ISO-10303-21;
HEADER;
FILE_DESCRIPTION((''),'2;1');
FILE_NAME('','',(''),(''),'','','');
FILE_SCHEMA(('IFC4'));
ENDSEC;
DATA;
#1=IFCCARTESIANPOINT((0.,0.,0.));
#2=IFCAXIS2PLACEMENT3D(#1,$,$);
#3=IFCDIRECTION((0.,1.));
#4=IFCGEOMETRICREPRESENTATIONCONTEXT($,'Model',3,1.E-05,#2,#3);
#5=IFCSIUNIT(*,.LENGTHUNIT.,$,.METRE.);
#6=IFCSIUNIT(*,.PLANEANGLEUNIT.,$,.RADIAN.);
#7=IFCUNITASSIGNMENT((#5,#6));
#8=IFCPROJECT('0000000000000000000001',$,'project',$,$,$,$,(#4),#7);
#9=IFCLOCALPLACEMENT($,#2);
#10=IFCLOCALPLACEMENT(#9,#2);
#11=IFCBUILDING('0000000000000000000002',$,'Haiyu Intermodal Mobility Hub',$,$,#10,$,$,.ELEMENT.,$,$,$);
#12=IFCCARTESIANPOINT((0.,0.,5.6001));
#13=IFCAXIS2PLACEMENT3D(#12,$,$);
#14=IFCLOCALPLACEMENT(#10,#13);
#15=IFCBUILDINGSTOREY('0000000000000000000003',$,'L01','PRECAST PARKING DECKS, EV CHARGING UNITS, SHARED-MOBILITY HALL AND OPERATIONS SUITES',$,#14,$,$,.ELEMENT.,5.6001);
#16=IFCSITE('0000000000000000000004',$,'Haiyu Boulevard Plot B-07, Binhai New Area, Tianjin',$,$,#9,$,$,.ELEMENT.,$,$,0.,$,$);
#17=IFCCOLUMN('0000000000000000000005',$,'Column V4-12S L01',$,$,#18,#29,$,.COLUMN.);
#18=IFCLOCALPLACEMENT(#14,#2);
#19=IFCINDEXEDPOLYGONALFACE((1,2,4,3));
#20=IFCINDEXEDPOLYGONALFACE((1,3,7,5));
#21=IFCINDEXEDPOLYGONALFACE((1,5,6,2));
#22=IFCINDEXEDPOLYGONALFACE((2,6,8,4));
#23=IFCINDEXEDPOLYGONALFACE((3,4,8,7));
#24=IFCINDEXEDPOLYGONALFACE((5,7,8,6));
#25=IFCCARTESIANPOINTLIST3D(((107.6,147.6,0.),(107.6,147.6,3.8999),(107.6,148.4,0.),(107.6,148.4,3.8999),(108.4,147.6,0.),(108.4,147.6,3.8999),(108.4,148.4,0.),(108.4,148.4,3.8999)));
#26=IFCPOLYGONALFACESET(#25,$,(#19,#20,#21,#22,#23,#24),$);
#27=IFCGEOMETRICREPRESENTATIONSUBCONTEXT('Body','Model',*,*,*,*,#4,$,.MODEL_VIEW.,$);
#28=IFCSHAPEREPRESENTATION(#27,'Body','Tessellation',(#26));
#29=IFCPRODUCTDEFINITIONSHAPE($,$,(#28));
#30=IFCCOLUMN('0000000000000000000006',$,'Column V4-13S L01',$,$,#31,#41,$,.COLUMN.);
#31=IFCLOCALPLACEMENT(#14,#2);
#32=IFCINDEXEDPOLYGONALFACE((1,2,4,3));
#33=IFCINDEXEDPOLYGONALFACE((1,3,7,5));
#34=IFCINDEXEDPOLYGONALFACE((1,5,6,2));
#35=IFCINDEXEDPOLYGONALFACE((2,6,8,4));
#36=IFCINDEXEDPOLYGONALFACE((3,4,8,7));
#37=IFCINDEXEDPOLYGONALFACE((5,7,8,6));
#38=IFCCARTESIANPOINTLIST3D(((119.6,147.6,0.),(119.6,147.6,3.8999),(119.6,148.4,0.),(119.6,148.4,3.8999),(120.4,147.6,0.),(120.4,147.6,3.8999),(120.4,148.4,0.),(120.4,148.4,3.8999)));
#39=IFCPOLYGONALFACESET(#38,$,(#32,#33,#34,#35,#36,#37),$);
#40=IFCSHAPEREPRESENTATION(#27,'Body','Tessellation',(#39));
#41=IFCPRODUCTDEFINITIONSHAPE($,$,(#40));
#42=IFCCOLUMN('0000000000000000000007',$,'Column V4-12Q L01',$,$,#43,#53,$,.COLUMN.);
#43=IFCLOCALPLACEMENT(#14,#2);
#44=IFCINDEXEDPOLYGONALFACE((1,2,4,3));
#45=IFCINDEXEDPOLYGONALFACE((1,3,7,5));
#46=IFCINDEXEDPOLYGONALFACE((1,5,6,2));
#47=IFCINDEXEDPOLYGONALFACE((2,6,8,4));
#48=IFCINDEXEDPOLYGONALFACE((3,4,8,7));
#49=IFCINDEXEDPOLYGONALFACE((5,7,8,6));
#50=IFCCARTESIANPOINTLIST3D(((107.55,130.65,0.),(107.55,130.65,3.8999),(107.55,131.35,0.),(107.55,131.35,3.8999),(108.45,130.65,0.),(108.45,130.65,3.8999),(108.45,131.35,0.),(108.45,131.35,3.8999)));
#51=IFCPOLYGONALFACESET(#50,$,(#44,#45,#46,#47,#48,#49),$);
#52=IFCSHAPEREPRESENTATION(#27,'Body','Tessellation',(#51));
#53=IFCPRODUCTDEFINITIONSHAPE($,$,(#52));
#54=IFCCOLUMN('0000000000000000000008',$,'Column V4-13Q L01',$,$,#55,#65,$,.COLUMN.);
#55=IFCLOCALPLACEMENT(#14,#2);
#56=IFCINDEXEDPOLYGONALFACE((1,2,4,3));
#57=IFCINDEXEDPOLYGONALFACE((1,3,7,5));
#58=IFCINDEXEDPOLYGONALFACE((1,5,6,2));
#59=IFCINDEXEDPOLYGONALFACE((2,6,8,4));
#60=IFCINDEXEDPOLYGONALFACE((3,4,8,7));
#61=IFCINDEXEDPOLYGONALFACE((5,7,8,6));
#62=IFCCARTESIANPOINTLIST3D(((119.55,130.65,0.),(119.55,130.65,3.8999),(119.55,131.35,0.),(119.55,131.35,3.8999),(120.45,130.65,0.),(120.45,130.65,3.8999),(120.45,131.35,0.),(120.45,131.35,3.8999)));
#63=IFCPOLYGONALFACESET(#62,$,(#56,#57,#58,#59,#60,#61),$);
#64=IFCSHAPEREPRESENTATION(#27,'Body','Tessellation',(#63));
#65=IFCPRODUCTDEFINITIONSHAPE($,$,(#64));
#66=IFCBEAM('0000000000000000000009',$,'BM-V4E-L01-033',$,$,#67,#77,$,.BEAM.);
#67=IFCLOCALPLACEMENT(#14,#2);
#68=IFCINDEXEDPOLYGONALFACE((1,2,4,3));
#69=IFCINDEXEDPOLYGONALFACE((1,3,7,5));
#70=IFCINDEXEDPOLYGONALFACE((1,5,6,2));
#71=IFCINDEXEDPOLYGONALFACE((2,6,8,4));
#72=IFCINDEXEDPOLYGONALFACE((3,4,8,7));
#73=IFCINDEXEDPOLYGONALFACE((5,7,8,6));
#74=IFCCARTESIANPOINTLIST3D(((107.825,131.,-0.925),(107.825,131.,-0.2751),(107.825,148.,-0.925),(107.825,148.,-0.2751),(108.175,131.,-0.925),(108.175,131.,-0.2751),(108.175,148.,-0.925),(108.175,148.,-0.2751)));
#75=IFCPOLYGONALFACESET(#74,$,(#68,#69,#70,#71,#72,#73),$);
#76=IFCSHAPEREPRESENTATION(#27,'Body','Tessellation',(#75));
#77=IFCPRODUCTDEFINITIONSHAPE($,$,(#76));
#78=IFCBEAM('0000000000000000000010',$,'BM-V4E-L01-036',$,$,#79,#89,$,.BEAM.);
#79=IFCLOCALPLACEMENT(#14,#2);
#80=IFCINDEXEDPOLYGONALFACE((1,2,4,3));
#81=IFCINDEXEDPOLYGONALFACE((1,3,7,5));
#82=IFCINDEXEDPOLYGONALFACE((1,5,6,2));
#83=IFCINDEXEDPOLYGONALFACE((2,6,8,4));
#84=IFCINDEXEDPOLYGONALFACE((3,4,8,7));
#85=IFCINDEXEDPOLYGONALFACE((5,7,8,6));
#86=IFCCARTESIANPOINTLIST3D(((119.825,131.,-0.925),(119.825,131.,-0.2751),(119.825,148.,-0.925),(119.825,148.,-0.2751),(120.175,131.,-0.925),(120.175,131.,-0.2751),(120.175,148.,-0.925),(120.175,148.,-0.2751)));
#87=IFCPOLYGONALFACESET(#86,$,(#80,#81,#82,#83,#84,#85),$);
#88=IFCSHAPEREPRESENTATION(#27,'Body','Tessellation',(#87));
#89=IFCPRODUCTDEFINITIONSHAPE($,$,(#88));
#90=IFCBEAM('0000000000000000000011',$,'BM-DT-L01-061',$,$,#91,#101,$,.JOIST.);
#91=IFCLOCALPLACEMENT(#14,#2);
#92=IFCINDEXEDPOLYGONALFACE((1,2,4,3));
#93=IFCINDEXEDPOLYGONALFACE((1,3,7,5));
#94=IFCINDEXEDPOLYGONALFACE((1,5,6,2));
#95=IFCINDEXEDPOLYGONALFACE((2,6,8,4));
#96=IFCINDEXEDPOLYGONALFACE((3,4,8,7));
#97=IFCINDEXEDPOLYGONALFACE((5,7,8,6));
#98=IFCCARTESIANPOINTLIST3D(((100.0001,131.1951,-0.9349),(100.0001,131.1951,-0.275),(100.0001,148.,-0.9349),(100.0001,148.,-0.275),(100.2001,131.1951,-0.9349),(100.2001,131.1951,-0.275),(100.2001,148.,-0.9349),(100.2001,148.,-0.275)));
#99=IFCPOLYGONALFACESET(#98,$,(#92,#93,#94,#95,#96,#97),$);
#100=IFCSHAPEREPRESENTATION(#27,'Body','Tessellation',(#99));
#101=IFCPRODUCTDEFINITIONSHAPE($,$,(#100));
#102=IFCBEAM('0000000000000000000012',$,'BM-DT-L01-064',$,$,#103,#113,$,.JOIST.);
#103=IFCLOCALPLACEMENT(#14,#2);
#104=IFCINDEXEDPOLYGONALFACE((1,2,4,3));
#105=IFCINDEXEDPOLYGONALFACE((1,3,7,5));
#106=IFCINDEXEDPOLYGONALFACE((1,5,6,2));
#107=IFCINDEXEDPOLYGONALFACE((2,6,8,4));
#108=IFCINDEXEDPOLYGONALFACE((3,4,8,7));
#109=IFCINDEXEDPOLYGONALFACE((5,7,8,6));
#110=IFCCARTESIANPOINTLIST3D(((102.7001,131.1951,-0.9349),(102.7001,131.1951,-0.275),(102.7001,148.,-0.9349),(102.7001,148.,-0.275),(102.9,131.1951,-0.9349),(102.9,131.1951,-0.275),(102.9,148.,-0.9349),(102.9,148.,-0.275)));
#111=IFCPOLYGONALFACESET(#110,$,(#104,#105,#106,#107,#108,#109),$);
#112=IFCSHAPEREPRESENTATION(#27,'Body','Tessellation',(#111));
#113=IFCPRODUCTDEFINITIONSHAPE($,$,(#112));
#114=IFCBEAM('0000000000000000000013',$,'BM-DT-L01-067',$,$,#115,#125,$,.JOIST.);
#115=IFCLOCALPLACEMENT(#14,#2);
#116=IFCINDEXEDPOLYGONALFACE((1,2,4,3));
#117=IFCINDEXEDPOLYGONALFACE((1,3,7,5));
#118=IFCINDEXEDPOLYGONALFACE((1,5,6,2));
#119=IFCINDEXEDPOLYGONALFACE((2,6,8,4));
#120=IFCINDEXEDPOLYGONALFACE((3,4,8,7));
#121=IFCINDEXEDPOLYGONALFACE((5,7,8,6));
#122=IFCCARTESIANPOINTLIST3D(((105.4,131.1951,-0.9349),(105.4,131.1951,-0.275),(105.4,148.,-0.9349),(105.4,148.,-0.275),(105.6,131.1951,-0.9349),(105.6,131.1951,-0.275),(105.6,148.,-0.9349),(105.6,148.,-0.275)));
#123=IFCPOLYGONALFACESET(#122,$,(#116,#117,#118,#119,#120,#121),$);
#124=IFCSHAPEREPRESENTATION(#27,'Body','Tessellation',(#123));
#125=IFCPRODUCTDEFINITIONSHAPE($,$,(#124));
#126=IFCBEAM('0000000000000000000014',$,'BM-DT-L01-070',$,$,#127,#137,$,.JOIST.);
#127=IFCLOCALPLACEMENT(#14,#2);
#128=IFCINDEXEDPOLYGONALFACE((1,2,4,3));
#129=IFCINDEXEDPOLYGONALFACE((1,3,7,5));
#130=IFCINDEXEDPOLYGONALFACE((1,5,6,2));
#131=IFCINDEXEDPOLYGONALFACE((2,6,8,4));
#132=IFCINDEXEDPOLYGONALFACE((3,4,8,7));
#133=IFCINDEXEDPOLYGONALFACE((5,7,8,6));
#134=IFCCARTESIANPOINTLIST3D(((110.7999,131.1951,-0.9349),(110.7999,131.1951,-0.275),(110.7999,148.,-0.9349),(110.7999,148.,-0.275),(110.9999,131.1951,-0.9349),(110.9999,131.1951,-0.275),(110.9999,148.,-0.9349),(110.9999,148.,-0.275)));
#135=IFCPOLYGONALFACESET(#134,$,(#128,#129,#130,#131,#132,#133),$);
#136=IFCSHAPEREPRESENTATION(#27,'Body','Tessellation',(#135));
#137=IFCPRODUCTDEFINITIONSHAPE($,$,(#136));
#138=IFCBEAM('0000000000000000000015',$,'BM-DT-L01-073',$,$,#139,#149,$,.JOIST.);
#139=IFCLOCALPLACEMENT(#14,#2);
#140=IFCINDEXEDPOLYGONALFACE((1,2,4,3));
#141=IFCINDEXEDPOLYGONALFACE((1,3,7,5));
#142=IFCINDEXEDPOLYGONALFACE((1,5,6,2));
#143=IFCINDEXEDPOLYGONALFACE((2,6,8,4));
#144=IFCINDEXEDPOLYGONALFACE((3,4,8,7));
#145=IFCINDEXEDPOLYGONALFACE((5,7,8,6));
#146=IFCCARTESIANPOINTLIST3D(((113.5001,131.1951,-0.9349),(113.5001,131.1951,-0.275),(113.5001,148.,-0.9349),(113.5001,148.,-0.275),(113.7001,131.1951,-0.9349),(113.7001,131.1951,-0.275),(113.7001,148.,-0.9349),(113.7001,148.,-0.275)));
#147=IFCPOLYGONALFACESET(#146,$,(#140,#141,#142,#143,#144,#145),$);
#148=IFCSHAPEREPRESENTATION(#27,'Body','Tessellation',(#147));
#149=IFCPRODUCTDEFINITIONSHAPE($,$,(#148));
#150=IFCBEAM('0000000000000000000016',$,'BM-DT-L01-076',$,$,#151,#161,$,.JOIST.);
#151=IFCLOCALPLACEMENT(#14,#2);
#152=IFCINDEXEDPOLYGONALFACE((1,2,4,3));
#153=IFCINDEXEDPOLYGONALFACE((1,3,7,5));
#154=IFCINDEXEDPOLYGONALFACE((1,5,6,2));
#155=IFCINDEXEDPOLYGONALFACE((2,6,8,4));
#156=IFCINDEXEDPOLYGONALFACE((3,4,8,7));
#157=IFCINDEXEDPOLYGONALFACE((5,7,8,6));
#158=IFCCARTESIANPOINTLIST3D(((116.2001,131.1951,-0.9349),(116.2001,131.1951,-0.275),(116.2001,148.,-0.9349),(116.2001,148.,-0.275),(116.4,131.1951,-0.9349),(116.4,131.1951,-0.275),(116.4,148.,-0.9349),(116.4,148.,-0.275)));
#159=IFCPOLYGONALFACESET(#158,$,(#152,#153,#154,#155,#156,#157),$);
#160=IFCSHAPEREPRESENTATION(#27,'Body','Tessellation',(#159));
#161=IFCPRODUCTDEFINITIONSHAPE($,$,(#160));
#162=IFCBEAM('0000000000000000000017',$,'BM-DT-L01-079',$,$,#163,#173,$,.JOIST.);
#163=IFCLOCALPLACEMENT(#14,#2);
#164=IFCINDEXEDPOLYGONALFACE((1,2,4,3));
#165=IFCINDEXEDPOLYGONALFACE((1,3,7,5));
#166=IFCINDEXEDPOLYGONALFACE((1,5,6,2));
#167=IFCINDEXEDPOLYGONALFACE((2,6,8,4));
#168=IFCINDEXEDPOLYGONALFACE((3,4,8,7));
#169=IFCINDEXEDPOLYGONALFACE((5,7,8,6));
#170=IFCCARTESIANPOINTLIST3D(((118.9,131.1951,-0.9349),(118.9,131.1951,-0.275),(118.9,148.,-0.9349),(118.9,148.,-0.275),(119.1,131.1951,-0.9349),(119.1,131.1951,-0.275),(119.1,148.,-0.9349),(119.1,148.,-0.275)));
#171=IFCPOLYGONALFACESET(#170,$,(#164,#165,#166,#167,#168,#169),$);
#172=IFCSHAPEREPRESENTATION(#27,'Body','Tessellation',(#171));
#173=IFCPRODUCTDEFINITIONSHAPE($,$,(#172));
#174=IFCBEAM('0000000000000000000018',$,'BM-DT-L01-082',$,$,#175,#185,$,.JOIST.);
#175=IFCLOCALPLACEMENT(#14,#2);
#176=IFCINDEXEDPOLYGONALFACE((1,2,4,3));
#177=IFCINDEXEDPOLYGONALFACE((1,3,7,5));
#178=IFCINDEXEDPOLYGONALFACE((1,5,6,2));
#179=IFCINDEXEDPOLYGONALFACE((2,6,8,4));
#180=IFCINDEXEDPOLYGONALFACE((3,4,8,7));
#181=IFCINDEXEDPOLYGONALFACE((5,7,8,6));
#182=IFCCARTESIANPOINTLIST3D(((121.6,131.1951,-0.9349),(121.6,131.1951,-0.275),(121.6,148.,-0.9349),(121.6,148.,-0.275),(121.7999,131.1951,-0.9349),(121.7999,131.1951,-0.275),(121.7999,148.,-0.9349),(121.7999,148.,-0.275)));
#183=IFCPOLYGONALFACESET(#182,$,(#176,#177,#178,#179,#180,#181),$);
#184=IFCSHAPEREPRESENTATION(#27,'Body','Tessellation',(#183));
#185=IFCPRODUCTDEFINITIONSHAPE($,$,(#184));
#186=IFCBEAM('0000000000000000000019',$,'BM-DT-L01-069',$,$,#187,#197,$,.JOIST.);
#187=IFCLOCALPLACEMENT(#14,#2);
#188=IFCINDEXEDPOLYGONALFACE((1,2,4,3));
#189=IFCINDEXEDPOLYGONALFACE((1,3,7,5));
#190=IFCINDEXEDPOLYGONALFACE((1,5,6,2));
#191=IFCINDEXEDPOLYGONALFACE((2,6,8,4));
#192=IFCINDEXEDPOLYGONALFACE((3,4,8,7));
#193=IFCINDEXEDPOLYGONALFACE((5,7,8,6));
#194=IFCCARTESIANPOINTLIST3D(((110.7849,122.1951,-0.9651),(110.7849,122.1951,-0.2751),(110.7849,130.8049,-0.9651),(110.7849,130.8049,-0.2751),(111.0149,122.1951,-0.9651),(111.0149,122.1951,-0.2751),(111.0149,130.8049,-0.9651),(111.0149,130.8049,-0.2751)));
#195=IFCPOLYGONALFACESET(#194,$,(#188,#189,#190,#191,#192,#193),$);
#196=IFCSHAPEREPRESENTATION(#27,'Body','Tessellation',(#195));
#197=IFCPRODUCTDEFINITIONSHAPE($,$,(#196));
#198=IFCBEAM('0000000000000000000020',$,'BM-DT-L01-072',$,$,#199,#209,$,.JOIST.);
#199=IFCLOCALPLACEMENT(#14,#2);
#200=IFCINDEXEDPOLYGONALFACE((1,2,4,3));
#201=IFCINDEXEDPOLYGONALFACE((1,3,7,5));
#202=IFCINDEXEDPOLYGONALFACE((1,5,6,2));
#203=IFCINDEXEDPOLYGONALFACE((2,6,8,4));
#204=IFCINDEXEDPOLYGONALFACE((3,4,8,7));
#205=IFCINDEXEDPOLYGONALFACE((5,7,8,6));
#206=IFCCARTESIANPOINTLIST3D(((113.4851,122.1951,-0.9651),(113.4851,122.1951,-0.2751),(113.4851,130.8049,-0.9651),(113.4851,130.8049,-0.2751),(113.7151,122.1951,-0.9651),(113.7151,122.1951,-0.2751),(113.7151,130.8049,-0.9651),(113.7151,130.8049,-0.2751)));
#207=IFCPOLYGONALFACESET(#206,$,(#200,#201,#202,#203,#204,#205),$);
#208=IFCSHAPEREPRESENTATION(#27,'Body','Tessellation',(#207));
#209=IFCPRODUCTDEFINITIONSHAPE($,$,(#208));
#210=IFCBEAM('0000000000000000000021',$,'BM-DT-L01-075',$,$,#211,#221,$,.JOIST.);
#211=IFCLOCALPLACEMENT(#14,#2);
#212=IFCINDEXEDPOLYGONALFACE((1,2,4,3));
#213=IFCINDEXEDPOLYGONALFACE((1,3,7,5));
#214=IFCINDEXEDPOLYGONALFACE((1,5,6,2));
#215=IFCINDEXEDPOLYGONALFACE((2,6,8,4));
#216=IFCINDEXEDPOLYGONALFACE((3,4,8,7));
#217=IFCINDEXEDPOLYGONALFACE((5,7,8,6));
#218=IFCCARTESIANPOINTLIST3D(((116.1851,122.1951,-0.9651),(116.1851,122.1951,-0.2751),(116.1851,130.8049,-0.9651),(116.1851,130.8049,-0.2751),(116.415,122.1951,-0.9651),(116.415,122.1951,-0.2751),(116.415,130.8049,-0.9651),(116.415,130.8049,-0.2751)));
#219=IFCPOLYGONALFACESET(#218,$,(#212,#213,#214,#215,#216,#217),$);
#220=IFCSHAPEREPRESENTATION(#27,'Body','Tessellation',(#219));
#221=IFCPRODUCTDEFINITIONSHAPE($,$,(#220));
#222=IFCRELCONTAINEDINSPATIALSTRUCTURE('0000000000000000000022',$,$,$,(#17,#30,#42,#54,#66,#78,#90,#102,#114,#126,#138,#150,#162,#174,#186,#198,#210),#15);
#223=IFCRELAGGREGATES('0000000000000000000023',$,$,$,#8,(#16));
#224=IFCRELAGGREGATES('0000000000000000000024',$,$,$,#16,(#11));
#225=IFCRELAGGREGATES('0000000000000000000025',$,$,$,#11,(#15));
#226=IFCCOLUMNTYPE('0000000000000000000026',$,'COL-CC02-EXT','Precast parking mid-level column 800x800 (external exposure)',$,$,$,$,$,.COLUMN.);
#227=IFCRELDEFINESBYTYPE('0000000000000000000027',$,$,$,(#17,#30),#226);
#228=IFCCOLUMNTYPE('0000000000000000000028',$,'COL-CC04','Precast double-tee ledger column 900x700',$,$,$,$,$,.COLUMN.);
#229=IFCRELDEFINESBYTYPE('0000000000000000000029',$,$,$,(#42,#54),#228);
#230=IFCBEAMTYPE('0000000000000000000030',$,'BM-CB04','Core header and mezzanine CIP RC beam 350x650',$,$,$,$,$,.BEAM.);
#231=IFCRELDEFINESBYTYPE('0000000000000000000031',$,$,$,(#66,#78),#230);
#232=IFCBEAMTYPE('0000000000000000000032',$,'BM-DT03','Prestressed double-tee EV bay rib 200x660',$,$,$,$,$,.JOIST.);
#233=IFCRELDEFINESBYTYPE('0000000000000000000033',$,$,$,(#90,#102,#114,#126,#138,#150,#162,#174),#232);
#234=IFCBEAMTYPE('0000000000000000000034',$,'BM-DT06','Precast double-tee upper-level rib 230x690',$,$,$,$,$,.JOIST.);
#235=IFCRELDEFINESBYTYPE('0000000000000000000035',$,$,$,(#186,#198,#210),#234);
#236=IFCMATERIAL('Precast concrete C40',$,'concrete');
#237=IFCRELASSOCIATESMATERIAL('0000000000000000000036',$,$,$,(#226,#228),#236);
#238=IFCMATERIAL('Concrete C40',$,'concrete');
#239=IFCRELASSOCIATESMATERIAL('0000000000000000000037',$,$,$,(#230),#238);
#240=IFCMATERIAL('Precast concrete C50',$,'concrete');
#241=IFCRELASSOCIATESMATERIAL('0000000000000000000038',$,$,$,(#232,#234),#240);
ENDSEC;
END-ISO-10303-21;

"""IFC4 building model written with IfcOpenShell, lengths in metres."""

from ifc_helpers import new_model, si_unit, direction, frame, origin, origin_2d, place, context, subcontext, project, spatial, rectangle, extrude, material, material_profile, profile_set, type_object, element, save


model = new_model("IFC4")

# Units and contexts
model_context = context("Model", 3, precision=1e-05, world=origin(), true_north=direction((0.0, 1.0)))
body_context = subcontext(model_context, "Body", "Model", "MODEL_VIEW")
ifc_project = project(units=[si_unit("LENGTHUNIT", "METRE"), si_unit("PLANEANGLEUNIT", "RADIAN")], contexts=[model_context])

# Site, building, storey
site_placement = place(None, origin())
site = spatial("IfcSite", under=ifc_project, at=site_placement, Name="Haiyu Boulevard Plot B-07, Binhai New Area, Tianjin", CompositionType="ELEMENT", RefElevation=0.0)
building_placement = place(site_placement, origin())
building = spatial("IfcBuilding", under=site, at=building_placement, Name="Haiyu Intermodal Mobility Hub", CompositionType="ELEMENT")
storey_placement = place(building_placement, frame((0.0, 0.0, 5.6001)))
storey = spatial("IfcBuildingStorey", under=building, at=storey_placement, Name="L01", Description="PRECAST PARKING DECKS, EV CHARGING UNITS, SHARED-MOBILITY HALL AND OPERATIONS SUITES", CompositionType="ELEMENT", Elevation=5.6001)

# Columns
ifc_material_1 = material(Name="Precast concrete C40", Category="concrete")
ifc_material_profile_1 = material_profile(ifc_material_1, rectangle(XDim=0.8, YDim=0.8, at=origin_2d()), Name="RC800x800")
ifc_profile_set_1 = profile_set([ifc_material_profile_1], Name="Precast concrete C40")
column_type_1 = type_object("IfcColumnType", Name="COL-CC02-EXT", Description="Precast parking mid-level column 800x800 (external exposure)", PredefinedType="COLUMN", material=ifc_profile_set_1)
for number, where, z_axis, x_axis, name in (
    (1, (108.0, 148.0, 0.0), (0.0, 0.0, 1.0), (1.0, 0.0, 0.0), "Column V4-12S L01"),
    (2, (120.0, 148.0, 0.0), (0.0, 0.0, 1.0), (1.0, 0.0, 0.0), "Column V4-13S L01"),
):
    element("IfcColumn", number, at=place(storey_placement, frame(where, z_axis=z_axis, x_axis=x_axis)), inside=storey, type_object=column_type_1, Name=name, PredefinedType="COLUMN", context=body_context, shape_type="SweptSolid", body=[
        extrude(rectangle(XDim=0.8, YDim=0.8, at=origin_2d()), origin(), (0.0, 0.0, 1.0), 3.8999),
    ])
ifc_material_profile_2 = material_profile(ifc_material_1, rectangle(XDim=0.8999, YDim=0.7, at=origin_2d()), Name="RC900x700")
ifc_profile_set_2 = profile_set([ifc_material_profile_2], Name="Precast concrete C40")
column_type_2 = type_object("IfcColumnType", Name="COL-CC04", Description="Precast double-tee ledger column 900x700", PredefinedType="COLUMN", material=ifc_profile_set_2)
for number, where, z_axis, x_axis, name in (
    (3, (108.0, 131.0, 0.0), (0.0, 0.0, 1.0), (1.0, 0.0, 0.0), "Column V4-12Q L01"),
    (4, (120.0, 131.0, 0.0), (0.0, 0.0, 1.0), (1.0, 0.0, 0.0), "Column V4-13Q L01"),
):
    element("IfcColumn", number, at=place(storey_placement, frame(where, z_axis=z_axis, x_axis=x_axis)), inside=storey, type_object=column_type_2, Name=name, PredefinedType="COLUMN", context=body_context, shape_type="SweptSolid", body=[
        extrude(rectangle(XDim=0.8999, YDim=0.7, at=origin_2d()), origin(), (0.0, 0.0, 1.0), 3.8999),
    ])

# Beams
ifc_material_2 = material(Name="Concrete C40", Category="concrete")
ifc_material_profile_3 = material_profile(ifc_material_2, rectangle(XDim=0.3501, YDim=0.6499, at=origin_2d()), Name="RCB350x650")
ifc_profile_set_3 = profile_set([ifc_material_profile_3], Name="Concrete C40")
beam_type_1 = type_object("IfcBeamType", Name="BM-CB04", Description="Core header and mezzanine CIP RC beam 350x650", PredefinedType="BEAM", material=ifc_profile_set_3)
for number, where, z_axis, x_axis, name in (
    (5, (108.0, 131.0, -0.6001), (0.0, 1.0, 0.0), (-1.0, 0.0, 0.0), "BM-V4E-L01-033"),
    (6, (120.0, 131.0, -0.6001), (0.0, 1.0, 0.0), (-1.0, 0.0, 0.0), "BM-V4E-L01-036"),
):
    element("IfcBeam", number, at=place(storey_placement, frame(where, z_axis=z_axis, x_axis=x_axis)), inside=storey, type_object=beam_type_1, Name=name, PredefinedType="BEAM", context=body_context, shape_type="SweptSolid", body=[
        extrude(rectangle(XDim=0.3501, YDim=0.6499, at=origin_2d()), origin(), (0.0, 0.0, 1.0), 17.0),
    ])
ifc_material_3 = material(Name="Precast concrete C50", Category="concrete")
ifc_material_profile_4 = material_profile(ifc_material_3, rectangle(XDim=0.2, YDim=0.6599, at=origin_2d()), Name="PC200x660")
ifc_profile_set_4 = profile_set([ifc_material_profile_4], Name="Precast concrete C50")
beam_type_2 = type_object("IfcBeamType", Name="BM-DT03", Description="Prestressed double-tee EV bay rib 200x660", PredefinedType="JOIST", material=ifc_profile_set_4)
for number, where, z_axis, x_axis, name in (
    (7, (100.1001, 131.1951, -0.605), (0.0, 1.0, 0.0), (-1.0, 0.0, 0.0), "BM-DT-L01-061"),
    (8, (102.8, 131.1951, -0.605), (0.0, 1.0, 0.0), (-1.0, 0.0, 0.0), "BM-DT-L01-064"),
    (9, (105.5, 131.1951, -0.605), (0.0, 1.0, 0.0), (-1.0, 0.0, 0.0), "BM-DT-L01-067"),
    (10, (110.8999, 131.1951, -0.605), (0.0, 1.0, 0.0), (-1.0, 0.0, 0.0), "BM-DT-L01-070"),
    (11, (113.6001, 131.1951, -0.605), (0.0, 1.0, 0.0), (-1.0, 0.0, 0.0), "BM-DT-L01-073"),
    (12, (116.3, 131.1951, -0.605), (0.0, 1.0, 0.0), (-1.0, 0.0, 0.0), "BM-DT-L01-076"),
    (13, (119.0, 131.1951, -0.605), (0.0, 1.0, 0.0), (-1.0, 0.0, 0.0), "BM-DT-L01-079"),
    (14, (121.7, 131.1951, -0.605), (0.0, 1.0, 0.0), (-1.0, 0.0, 0.0), "BM-DT-L01-082"),
):
    element("IfcBeam", number, at=place(storey_placement, frame(where, z_axis=z_axis, x_axis=x_axis)), inside=storey, type_object=beam_type_2, Name=name, PredefinedType="JOIST", context=body_context, shape_type="SweptSolid", body=[
        extrude(rectangle(XDim=0.2, YDim=0.6599, at=origin_2d()), origin(), (0.0, 0.0, 1.0), 16.8049),
    ])
ifc_material_profile_5 = material_profile(ifc_material_3, rectangle(XDim=0.23, YDim=0.6899, at=origin_2d()), Name="B230x690")
ifc_profile_set_5 = profile_set([ifc_material_profile_5], Name="Precast concrete C50")
beam_type_3 = type_object("IfcBeamType", Name="BM-DT06", Description="Precast double-tee upper-level rib 230x690", PredefinedType="JOIST", material=ifc_profile_set_5)
for number, where, z_axis, x_axis, name in (
    (15, (110.8999, 122.1951, -0.6201), (0.0, 1.0, 0.0), (-1.0, 0.0, 0.0), "BM-DT-L01-069"),
    (16, (113.6001, 122.1951, -0.6201), (0.0, 1.0, 0.0), (-1.0, 0.0, 0.0), "BM-DT-L01-072"),
    (17, (116.3, 122.1951, -0.6201), (0.0, 1.0, 0.0), (-1.0, 0.0, 0.0), "BM-DT-L01-075"),
):
    element("IfcBeam", number, at=place(storey_placement, frame(where, z_axis=z_axis, x_axis=x_axis)), inside=storey, type_object=beam_type_3, Name=name, PredefinedType="JOIST", context=body_context, shape_type="SweptSolid", body=[
        extrude(rectangle(XDim=0.23, YDim=0.6899, at=origin_2d()), origin(), (0.0, 0.0, 1.0), 8.6099),
    ])

save(model, "model.ifc")
